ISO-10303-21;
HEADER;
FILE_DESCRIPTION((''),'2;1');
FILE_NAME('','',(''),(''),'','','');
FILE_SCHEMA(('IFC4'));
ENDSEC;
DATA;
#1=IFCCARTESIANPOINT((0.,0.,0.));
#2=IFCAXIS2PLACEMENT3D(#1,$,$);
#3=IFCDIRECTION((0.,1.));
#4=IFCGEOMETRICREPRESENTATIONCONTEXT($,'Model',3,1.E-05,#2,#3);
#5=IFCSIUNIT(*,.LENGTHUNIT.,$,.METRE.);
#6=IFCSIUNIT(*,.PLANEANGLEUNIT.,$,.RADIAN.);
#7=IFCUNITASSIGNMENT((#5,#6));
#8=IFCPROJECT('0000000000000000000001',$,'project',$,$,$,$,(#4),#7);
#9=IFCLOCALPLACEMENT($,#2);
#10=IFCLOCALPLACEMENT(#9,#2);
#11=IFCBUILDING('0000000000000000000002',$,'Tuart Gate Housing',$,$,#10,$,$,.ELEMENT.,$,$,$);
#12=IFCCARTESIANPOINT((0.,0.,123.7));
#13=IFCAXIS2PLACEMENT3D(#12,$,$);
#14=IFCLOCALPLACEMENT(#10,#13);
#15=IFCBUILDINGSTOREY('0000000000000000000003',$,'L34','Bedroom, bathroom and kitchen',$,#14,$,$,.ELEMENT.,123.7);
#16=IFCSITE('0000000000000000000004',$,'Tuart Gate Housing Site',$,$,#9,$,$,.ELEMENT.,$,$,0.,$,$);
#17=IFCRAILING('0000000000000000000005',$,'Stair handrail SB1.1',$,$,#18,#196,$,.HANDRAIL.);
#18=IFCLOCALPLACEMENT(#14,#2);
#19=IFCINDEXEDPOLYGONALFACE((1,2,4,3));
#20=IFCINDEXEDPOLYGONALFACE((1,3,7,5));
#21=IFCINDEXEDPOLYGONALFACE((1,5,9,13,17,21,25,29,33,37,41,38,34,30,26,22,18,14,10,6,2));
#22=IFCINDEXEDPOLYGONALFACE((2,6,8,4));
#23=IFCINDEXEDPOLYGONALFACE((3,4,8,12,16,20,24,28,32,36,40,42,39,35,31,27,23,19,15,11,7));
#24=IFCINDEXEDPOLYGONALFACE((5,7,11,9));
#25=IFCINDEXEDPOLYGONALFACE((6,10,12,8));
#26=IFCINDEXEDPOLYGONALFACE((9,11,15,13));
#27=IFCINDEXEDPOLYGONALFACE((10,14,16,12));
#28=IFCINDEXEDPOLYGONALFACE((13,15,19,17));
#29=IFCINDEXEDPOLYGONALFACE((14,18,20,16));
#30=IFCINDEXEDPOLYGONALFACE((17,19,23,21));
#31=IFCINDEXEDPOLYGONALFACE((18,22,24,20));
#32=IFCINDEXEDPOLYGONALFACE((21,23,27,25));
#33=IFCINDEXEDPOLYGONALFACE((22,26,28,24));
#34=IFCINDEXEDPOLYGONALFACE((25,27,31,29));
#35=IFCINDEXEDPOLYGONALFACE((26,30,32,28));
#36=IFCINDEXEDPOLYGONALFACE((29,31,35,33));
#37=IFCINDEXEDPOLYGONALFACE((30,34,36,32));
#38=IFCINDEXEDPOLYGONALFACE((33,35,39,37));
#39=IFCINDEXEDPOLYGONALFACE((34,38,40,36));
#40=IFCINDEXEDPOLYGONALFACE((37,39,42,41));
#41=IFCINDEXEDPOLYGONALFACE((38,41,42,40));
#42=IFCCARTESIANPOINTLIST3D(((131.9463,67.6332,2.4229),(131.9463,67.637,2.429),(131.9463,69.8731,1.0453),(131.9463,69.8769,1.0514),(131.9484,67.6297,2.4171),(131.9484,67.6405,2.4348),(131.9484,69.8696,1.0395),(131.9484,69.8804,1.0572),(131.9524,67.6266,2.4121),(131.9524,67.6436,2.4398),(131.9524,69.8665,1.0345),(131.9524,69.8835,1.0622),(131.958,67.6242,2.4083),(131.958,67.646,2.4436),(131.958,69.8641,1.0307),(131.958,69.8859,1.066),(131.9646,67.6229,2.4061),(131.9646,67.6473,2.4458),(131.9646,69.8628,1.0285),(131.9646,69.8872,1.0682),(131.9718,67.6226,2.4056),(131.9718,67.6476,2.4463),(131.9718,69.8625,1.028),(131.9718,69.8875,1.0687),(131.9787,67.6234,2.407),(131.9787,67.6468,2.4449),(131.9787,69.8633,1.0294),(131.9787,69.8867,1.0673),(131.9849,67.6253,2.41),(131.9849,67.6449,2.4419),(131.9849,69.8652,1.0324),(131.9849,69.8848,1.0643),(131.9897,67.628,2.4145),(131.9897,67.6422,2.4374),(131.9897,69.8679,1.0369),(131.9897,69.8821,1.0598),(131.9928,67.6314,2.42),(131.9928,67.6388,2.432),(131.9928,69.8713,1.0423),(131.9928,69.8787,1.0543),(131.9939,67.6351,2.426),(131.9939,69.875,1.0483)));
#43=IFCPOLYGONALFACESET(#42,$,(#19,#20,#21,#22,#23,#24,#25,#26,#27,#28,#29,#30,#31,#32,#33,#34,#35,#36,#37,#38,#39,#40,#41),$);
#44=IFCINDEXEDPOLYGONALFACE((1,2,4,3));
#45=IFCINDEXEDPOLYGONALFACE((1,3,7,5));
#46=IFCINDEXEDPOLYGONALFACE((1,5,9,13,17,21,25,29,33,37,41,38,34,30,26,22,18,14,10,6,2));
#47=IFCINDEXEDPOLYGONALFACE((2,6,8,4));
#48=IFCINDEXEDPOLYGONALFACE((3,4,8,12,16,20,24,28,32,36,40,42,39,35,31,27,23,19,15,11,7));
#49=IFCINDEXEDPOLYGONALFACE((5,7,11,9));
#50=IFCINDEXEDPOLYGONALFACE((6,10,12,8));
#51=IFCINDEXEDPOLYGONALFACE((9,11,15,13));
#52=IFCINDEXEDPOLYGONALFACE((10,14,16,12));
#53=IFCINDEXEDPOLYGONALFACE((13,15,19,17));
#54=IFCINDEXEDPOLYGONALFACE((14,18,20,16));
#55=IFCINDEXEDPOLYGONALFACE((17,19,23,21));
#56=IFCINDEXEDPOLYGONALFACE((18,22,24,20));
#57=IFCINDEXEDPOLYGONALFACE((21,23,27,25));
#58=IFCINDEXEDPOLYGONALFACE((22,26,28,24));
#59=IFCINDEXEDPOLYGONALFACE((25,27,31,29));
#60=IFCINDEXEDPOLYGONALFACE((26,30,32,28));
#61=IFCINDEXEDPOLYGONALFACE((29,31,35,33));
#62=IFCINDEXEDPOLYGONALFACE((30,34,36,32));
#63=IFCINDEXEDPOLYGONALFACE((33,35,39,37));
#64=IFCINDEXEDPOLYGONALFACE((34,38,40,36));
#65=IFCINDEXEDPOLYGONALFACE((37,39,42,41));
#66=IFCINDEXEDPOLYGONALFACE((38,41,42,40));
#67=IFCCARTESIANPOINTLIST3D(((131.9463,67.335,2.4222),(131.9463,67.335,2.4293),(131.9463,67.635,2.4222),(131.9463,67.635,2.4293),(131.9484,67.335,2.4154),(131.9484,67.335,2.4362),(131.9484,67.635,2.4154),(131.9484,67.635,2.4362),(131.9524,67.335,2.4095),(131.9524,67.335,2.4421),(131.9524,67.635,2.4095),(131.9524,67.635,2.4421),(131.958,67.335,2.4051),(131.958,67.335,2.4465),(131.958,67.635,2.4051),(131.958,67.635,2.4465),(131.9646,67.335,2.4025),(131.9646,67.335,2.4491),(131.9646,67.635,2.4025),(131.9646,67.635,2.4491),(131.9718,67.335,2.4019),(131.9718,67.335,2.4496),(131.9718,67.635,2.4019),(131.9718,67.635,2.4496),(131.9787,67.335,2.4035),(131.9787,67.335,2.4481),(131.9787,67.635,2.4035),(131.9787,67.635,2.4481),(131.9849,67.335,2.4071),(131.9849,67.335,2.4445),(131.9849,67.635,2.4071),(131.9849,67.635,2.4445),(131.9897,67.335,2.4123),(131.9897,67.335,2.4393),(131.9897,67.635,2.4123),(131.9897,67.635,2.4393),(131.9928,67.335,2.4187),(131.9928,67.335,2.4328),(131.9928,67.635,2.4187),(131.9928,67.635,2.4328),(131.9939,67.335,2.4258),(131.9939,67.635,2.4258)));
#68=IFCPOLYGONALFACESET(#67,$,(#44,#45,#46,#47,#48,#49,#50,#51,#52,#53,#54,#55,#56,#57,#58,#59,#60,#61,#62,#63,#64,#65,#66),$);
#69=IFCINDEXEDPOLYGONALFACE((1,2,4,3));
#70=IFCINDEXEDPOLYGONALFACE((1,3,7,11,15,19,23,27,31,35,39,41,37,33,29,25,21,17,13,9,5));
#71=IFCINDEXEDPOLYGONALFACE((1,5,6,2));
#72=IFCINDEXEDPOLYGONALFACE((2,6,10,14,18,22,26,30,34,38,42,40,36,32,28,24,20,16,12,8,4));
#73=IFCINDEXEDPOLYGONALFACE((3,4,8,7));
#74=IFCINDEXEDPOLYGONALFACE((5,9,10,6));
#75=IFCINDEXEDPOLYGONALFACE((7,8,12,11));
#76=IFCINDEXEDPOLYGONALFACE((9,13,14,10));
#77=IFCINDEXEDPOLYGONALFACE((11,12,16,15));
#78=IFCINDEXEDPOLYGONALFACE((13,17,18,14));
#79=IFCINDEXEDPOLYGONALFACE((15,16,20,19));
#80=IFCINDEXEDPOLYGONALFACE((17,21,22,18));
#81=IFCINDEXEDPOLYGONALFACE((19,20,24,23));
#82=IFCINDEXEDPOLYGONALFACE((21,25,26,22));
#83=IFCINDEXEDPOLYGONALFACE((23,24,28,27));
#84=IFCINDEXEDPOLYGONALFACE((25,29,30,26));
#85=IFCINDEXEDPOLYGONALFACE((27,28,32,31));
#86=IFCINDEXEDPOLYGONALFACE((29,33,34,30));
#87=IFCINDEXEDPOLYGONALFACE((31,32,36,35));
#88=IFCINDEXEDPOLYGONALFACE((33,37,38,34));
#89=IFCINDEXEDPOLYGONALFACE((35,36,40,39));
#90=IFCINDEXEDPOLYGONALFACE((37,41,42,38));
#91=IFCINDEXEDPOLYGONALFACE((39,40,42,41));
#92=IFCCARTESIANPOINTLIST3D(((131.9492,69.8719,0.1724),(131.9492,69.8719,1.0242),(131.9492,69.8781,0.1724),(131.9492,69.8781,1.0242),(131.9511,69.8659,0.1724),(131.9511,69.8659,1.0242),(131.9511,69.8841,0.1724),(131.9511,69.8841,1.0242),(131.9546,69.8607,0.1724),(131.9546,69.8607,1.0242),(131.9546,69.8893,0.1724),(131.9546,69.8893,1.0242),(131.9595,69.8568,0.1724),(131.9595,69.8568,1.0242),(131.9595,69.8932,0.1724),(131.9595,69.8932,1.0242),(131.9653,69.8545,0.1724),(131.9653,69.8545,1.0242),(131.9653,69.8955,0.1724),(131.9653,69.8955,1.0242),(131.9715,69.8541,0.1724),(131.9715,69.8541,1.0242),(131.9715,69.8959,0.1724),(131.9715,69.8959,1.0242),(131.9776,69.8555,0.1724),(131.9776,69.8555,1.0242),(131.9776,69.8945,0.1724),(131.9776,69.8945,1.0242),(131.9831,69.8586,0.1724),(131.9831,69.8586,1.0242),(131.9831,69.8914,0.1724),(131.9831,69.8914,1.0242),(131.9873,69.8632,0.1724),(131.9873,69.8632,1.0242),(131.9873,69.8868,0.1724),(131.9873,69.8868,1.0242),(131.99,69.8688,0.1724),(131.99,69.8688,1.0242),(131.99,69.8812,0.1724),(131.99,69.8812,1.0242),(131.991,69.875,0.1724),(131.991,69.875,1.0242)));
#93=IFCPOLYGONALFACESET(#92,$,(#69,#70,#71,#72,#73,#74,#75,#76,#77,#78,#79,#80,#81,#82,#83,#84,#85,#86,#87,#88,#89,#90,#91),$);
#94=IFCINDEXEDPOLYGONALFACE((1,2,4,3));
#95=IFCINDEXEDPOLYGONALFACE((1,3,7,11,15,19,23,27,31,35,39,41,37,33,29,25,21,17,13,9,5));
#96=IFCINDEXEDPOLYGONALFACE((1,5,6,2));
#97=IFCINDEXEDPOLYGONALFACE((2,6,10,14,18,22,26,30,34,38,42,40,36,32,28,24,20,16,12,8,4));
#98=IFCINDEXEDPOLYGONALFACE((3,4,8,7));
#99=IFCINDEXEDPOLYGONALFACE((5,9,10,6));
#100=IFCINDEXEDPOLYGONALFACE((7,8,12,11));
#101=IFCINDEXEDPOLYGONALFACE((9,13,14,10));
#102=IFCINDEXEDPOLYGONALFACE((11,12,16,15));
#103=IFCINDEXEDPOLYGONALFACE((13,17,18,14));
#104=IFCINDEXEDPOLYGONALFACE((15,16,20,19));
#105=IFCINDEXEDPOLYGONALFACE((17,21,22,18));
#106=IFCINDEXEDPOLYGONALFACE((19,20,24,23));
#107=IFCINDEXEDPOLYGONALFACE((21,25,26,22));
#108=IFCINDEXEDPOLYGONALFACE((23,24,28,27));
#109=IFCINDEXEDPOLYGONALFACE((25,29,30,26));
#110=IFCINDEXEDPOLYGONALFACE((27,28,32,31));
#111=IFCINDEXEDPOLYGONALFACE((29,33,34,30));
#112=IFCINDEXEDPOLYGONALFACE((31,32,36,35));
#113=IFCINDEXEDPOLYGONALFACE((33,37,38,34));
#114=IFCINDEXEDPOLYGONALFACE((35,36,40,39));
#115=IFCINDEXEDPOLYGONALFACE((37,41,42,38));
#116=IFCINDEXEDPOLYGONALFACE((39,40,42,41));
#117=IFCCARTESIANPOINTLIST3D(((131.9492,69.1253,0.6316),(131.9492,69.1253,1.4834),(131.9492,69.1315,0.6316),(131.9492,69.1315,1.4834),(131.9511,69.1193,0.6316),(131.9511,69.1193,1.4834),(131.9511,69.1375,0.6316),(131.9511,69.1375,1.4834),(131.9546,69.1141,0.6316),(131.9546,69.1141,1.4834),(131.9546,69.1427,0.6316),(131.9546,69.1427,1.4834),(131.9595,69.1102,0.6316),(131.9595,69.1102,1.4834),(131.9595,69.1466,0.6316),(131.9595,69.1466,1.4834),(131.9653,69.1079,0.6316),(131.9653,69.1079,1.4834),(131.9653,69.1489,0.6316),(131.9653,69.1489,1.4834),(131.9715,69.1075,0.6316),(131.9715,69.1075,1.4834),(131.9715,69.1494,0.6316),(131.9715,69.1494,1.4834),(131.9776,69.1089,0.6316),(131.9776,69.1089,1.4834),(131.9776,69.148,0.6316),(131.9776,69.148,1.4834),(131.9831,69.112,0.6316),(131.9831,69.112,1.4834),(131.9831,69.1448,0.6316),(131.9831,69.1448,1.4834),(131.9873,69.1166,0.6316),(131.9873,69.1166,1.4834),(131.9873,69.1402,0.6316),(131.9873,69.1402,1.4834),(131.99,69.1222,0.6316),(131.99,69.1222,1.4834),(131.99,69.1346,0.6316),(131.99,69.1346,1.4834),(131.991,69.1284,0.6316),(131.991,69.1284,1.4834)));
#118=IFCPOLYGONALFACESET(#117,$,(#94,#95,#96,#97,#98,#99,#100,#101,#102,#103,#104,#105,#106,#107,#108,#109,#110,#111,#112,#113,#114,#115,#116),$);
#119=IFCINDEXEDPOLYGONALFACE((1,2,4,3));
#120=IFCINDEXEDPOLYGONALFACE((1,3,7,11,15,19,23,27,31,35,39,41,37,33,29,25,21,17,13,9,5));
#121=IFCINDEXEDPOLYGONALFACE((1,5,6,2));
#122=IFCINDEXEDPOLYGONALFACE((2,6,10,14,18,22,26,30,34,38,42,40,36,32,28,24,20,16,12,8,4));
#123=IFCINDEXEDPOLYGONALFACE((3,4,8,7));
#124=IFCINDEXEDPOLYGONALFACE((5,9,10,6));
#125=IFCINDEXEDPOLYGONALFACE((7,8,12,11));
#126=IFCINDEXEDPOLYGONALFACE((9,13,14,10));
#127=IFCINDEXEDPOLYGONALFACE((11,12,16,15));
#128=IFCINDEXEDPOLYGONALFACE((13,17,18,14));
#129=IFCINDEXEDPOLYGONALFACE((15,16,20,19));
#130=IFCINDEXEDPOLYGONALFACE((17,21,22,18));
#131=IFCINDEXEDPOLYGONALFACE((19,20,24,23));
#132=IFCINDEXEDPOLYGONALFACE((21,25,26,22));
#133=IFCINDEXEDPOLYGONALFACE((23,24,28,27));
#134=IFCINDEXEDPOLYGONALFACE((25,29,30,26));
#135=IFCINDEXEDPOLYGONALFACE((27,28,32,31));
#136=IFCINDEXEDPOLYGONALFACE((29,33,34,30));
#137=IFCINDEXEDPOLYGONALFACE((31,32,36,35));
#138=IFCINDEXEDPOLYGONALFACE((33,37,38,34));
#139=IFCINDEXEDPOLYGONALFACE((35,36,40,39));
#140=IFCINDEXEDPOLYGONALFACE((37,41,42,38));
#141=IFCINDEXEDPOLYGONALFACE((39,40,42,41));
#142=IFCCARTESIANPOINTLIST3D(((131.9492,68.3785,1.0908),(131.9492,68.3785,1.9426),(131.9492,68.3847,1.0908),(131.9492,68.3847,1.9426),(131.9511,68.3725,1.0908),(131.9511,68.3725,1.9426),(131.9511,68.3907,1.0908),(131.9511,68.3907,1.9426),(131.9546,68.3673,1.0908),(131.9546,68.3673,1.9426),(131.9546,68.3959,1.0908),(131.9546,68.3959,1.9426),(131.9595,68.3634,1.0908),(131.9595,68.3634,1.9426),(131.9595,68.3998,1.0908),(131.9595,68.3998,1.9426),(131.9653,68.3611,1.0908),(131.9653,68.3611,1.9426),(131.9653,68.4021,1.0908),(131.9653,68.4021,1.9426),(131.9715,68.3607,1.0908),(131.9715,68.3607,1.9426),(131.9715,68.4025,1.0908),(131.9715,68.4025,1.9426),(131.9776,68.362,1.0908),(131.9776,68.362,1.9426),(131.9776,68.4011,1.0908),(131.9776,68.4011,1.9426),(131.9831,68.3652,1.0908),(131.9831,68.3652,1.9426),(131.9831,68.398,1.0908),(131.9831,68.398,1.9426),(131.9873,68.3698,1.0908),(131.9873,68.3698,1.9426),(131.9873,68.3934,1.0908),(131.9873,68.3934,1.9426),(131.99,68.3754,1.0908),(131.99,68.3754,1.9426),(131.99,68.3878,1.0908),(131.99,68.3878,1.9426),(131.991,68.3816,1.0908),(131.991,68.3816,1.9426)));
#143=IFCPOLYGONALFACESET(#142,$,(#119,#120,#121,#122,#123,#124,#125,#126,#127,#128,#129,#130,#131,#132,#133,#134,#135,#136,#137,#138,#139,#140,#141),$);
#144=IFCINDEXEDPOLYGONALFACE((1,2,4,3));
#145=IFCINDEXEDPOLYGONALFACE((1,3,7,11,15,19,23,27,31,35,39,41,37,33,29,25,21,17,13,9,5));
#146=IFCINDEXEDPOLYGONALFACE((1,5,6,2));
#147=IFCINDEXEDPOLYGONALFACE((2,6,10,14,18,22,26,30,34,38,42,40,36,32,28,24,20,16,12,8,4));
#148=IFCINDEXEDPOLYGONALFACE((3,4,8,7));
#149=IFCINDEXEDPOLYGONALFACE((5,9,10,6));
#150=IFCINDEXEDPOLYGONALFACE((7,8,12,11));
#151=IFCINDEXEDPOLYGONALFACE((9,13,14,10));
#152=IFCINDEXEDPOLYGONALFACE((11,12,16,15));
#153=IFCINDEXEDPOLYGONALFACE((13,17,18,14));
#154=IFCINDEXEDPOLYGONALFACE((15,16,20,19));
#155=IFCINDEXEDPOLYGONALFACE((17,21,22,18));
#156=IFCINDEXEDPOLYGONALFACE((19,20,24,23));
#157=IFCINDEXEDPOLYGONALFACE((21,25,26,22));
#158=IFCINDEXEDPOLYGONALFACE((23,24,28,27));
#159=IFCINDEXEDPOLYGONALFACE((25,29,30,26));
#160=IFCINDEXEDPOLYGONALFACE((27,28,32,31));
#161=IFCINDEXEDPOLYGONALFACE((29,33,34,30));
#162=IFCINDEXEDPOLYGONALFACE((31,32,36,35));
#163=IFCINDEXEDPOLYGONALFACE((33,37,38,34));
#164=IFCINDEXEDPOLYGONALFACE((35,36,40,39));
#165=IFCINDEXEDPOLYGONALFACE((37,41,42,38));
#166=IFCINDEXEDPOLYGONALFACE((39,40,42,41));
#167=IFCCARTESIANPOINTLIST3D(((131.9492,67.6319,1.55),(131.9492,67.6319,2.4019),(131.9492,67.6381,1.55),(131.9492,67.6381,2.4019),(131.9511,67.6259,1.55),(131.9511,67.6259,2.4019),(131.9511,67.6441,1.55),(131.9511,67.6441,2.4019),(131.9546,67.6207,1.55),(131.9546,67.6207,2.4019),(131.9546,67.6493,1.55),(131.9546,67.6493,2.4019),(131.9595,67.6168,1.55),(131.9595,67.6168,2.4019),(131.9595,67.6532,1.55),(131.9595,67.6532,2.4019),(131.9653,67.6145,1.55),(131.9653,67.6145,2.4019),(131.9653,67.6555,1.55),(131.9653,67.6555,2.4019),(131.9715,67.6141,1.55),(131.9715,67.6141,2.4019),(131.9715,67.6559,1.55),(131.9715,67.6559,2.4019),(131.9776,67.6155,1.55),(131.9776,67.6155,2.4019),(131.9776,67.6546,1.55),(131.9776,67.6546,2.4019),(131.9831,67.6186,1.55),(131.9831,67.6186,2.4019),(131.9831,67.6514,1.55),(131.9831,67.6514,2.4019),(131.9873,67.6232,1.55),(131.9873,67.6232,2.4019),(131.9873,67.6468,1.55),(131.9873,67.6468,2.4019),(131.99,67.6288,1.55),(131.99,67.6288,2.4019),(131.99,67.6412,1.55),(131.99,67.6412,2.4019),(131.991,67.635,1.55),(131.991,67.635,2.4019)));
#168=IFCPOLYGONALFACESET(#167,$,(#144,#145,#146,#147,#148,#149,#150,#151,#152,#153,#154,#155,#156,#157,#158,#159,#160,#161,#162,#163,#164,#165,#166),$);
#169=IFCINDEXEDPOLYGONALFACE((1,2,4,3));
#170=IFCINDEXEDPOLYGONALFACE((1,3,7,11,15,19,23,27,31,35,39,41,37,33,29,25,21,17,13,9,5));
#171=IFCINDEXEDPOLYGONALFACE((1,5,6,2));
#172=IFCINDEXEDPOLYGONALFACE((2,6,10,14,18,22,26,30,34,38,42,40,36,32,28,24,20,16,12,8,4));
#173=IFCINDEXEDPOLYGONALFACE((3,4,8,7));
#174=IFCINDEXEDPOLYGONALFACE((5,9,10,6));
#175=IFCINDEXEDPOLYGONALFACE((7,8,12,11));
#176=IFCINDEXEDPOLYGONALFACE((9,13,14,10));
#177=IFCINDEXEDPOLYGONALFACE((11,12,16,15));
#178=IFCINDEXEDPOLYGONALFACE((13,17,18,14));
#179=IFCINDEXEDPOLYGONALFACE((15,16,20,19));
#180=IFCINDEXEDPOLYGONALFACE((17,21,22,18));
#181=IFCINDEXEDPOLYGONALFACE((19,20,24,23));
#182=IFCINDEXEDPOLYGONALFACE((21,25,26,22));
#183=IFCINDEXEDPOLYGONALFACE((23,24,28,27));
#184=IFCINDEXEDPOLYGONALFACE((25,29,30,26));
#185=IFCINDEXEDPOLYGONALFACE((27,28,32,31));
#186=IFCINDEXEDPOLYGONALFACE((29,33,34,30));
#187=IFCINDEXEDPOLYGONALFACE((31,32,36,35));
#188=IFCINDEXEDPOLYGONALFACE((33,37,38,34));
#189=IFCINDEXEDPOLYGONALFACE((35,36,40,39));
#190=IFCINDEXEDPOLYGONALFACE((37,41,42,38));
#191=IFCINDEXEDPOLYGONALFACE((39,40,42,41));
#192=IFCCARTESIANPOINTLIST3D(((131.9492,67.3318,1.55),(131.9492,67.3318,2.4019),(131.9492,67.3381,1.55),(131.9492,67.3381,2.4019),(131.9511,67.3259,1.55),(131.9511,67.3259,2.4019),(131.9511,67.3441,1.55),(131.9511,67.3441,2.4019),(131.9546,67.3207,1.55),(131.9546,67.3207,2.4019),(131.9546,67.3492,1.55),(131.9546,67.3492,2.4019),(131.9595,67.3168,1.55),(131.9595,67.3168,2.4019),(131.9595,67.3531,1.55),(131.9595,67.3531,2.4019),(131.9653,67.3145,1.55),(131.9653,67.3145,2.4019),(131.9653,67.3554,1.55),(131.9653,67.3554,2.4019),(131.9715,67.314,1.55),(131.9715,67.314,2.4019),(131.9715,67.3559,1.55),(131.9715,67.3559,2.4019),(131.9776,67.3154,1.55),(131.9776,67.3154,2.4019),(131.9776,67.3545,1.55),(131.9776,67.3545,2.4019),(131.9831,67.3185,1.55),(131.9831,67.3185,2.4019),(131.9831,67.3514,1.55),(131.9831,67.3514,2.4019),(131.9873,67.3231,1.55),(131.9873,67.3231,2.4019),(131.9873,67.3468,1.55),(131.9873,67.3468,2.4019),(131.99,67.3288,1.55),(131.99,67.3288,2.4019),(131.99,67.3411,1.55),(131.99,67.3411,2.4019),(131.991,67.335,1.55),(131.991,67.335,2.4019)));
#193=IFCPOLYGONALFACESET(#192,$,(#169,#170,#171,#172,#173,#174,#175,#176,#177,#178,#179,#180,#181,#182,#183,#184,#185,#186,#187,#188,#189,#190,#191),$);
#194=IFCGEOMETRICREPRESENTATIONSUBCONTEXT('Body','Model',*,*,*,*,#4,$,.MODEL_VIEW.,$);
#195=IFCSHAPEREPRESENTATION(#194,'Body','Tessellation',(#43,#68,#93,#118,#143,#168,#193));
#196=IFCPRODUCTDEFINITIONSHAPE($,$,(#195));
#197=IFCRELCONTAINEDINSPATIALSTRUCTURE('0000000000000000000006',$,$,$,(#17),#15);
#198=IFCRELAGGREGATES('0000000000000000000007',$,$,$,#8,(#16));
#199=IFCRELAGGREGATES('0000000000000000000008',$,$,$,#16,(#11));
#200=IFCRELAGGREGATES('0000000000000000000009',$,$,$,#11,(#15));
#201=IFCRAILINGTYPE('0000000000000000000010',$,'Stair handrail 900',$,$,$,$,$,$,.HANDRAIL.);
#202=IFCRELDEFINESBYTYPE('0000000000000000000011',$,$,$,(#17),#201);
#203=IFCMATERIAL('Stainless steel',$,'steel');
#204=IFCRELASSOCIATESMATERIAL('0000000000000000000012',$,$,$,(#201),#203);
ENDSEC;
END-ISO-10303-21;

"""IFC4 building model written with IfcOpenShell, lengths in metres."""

from ifc_helpers import new_model, si_unit, direction, frame, origin, origin_2d, place, context, subcontext, project, spatial, circle, extrude, material, type_object, element, save


model = new_model("IFC4")

# Units and contexts
model_context = context("Model", 3, precision=1e-05, world=origin(), true_north=direction((0.0, 1.0)))
body_context = subcontext(model_context, "Body", "Model", "MODEL_VIEW")
ifc_project = project(units=[si_unit("LENGTHUNIT", "METRE"), si_unit("PLANEANGLEUNIT", "RADIAN")], contexts=[model_context])

# Site, building, storey
site_placement = place(None, origin())
site = spatial("IfcSite", under=ifc_project, at=site_placement, Name="Tuart Gate Housing Site", CompositionType="ELEMENT", RefElevation=0.0)
building_placement = place(site_placement, origin())
building = spatial("IfcBuilding", under=site, at=building_placement, Name="Tuart Gate Housing", CompositionType="ELEMENT")
storey_placement = place(building_placement, frame((0.0, 0.0, 123.7)))
storey = spatial("IfcBuildingStorey", under=building, at=storey_placement, Name="L34", Description="Bedroom, bathroom and kitchen", CompositionType="ELEMENT", Elevation=123.7)

# Railing
ifc_material_1 = material(Name="Stainless steel", Category="steel")
railing_type = type_object("IfcRailingType", Name="Stair handrail 900", PredefinedType="HANDRAIL", material=ifc_material_1)
railing_placement = place(storey_placement, frame((131.97, 69.875, 0.1724)))
element("IfcRailing", 1, at=railing_placement, inside=storey, type_object=railing_type, Name="Stair handrail SB1.1", PredefinedType="HANDRAIL", context=body_context, shape_type="SweptSolid", body=[
    extrude(circle(Radius=0.0239, at=origin_2d()), frame((0.0, 0.0, 0.876), z_axis=(0.0, -0.851789, 0.523885), x_axis=(1.0, 0.0, 0.0)), (0.0, 0.0, 1.0), 2.6296),
    extrude(circle(Radius=0.0239, at=origin_2d()), frame((0.0, -2.24, 2.2534), z_axis=(0.0, -1.0, 0.0), x_axis=(1.0, 0.0, 0.0)), (0.0, 0.0, 1.0), 0.3),
    extrude(circle(Radius=0.021, at=origin_2d()), origin(), (0.0, 0.0, 1.0), 0.8518),
    extrude(circle(Radius=0.021, at=origin_2d()), frame((0.0, -0.7466, 0.4592)), (0.0, 0.0, 1.0), 0.8518),
    extrude(circle(Radius=0.021, at=origin_2d()), frame((0.0, -1.4934, 0.9185)), (0.0, 0.0, 1.0), 0.8518),
    extrude(circle(Radius=0.021, at=origin_2d()), frame((0.0, -2.24, 1.3777)), (0.0, 0.0, 1.0), 0.8518),
    extrude(circle(Radius=0.021, at=origin_2d()), frame((0.0, -2.54, 1.3777)), (0.0, 0.0, 1.0), 0.8518),
])

save(model, "model.ifc")
